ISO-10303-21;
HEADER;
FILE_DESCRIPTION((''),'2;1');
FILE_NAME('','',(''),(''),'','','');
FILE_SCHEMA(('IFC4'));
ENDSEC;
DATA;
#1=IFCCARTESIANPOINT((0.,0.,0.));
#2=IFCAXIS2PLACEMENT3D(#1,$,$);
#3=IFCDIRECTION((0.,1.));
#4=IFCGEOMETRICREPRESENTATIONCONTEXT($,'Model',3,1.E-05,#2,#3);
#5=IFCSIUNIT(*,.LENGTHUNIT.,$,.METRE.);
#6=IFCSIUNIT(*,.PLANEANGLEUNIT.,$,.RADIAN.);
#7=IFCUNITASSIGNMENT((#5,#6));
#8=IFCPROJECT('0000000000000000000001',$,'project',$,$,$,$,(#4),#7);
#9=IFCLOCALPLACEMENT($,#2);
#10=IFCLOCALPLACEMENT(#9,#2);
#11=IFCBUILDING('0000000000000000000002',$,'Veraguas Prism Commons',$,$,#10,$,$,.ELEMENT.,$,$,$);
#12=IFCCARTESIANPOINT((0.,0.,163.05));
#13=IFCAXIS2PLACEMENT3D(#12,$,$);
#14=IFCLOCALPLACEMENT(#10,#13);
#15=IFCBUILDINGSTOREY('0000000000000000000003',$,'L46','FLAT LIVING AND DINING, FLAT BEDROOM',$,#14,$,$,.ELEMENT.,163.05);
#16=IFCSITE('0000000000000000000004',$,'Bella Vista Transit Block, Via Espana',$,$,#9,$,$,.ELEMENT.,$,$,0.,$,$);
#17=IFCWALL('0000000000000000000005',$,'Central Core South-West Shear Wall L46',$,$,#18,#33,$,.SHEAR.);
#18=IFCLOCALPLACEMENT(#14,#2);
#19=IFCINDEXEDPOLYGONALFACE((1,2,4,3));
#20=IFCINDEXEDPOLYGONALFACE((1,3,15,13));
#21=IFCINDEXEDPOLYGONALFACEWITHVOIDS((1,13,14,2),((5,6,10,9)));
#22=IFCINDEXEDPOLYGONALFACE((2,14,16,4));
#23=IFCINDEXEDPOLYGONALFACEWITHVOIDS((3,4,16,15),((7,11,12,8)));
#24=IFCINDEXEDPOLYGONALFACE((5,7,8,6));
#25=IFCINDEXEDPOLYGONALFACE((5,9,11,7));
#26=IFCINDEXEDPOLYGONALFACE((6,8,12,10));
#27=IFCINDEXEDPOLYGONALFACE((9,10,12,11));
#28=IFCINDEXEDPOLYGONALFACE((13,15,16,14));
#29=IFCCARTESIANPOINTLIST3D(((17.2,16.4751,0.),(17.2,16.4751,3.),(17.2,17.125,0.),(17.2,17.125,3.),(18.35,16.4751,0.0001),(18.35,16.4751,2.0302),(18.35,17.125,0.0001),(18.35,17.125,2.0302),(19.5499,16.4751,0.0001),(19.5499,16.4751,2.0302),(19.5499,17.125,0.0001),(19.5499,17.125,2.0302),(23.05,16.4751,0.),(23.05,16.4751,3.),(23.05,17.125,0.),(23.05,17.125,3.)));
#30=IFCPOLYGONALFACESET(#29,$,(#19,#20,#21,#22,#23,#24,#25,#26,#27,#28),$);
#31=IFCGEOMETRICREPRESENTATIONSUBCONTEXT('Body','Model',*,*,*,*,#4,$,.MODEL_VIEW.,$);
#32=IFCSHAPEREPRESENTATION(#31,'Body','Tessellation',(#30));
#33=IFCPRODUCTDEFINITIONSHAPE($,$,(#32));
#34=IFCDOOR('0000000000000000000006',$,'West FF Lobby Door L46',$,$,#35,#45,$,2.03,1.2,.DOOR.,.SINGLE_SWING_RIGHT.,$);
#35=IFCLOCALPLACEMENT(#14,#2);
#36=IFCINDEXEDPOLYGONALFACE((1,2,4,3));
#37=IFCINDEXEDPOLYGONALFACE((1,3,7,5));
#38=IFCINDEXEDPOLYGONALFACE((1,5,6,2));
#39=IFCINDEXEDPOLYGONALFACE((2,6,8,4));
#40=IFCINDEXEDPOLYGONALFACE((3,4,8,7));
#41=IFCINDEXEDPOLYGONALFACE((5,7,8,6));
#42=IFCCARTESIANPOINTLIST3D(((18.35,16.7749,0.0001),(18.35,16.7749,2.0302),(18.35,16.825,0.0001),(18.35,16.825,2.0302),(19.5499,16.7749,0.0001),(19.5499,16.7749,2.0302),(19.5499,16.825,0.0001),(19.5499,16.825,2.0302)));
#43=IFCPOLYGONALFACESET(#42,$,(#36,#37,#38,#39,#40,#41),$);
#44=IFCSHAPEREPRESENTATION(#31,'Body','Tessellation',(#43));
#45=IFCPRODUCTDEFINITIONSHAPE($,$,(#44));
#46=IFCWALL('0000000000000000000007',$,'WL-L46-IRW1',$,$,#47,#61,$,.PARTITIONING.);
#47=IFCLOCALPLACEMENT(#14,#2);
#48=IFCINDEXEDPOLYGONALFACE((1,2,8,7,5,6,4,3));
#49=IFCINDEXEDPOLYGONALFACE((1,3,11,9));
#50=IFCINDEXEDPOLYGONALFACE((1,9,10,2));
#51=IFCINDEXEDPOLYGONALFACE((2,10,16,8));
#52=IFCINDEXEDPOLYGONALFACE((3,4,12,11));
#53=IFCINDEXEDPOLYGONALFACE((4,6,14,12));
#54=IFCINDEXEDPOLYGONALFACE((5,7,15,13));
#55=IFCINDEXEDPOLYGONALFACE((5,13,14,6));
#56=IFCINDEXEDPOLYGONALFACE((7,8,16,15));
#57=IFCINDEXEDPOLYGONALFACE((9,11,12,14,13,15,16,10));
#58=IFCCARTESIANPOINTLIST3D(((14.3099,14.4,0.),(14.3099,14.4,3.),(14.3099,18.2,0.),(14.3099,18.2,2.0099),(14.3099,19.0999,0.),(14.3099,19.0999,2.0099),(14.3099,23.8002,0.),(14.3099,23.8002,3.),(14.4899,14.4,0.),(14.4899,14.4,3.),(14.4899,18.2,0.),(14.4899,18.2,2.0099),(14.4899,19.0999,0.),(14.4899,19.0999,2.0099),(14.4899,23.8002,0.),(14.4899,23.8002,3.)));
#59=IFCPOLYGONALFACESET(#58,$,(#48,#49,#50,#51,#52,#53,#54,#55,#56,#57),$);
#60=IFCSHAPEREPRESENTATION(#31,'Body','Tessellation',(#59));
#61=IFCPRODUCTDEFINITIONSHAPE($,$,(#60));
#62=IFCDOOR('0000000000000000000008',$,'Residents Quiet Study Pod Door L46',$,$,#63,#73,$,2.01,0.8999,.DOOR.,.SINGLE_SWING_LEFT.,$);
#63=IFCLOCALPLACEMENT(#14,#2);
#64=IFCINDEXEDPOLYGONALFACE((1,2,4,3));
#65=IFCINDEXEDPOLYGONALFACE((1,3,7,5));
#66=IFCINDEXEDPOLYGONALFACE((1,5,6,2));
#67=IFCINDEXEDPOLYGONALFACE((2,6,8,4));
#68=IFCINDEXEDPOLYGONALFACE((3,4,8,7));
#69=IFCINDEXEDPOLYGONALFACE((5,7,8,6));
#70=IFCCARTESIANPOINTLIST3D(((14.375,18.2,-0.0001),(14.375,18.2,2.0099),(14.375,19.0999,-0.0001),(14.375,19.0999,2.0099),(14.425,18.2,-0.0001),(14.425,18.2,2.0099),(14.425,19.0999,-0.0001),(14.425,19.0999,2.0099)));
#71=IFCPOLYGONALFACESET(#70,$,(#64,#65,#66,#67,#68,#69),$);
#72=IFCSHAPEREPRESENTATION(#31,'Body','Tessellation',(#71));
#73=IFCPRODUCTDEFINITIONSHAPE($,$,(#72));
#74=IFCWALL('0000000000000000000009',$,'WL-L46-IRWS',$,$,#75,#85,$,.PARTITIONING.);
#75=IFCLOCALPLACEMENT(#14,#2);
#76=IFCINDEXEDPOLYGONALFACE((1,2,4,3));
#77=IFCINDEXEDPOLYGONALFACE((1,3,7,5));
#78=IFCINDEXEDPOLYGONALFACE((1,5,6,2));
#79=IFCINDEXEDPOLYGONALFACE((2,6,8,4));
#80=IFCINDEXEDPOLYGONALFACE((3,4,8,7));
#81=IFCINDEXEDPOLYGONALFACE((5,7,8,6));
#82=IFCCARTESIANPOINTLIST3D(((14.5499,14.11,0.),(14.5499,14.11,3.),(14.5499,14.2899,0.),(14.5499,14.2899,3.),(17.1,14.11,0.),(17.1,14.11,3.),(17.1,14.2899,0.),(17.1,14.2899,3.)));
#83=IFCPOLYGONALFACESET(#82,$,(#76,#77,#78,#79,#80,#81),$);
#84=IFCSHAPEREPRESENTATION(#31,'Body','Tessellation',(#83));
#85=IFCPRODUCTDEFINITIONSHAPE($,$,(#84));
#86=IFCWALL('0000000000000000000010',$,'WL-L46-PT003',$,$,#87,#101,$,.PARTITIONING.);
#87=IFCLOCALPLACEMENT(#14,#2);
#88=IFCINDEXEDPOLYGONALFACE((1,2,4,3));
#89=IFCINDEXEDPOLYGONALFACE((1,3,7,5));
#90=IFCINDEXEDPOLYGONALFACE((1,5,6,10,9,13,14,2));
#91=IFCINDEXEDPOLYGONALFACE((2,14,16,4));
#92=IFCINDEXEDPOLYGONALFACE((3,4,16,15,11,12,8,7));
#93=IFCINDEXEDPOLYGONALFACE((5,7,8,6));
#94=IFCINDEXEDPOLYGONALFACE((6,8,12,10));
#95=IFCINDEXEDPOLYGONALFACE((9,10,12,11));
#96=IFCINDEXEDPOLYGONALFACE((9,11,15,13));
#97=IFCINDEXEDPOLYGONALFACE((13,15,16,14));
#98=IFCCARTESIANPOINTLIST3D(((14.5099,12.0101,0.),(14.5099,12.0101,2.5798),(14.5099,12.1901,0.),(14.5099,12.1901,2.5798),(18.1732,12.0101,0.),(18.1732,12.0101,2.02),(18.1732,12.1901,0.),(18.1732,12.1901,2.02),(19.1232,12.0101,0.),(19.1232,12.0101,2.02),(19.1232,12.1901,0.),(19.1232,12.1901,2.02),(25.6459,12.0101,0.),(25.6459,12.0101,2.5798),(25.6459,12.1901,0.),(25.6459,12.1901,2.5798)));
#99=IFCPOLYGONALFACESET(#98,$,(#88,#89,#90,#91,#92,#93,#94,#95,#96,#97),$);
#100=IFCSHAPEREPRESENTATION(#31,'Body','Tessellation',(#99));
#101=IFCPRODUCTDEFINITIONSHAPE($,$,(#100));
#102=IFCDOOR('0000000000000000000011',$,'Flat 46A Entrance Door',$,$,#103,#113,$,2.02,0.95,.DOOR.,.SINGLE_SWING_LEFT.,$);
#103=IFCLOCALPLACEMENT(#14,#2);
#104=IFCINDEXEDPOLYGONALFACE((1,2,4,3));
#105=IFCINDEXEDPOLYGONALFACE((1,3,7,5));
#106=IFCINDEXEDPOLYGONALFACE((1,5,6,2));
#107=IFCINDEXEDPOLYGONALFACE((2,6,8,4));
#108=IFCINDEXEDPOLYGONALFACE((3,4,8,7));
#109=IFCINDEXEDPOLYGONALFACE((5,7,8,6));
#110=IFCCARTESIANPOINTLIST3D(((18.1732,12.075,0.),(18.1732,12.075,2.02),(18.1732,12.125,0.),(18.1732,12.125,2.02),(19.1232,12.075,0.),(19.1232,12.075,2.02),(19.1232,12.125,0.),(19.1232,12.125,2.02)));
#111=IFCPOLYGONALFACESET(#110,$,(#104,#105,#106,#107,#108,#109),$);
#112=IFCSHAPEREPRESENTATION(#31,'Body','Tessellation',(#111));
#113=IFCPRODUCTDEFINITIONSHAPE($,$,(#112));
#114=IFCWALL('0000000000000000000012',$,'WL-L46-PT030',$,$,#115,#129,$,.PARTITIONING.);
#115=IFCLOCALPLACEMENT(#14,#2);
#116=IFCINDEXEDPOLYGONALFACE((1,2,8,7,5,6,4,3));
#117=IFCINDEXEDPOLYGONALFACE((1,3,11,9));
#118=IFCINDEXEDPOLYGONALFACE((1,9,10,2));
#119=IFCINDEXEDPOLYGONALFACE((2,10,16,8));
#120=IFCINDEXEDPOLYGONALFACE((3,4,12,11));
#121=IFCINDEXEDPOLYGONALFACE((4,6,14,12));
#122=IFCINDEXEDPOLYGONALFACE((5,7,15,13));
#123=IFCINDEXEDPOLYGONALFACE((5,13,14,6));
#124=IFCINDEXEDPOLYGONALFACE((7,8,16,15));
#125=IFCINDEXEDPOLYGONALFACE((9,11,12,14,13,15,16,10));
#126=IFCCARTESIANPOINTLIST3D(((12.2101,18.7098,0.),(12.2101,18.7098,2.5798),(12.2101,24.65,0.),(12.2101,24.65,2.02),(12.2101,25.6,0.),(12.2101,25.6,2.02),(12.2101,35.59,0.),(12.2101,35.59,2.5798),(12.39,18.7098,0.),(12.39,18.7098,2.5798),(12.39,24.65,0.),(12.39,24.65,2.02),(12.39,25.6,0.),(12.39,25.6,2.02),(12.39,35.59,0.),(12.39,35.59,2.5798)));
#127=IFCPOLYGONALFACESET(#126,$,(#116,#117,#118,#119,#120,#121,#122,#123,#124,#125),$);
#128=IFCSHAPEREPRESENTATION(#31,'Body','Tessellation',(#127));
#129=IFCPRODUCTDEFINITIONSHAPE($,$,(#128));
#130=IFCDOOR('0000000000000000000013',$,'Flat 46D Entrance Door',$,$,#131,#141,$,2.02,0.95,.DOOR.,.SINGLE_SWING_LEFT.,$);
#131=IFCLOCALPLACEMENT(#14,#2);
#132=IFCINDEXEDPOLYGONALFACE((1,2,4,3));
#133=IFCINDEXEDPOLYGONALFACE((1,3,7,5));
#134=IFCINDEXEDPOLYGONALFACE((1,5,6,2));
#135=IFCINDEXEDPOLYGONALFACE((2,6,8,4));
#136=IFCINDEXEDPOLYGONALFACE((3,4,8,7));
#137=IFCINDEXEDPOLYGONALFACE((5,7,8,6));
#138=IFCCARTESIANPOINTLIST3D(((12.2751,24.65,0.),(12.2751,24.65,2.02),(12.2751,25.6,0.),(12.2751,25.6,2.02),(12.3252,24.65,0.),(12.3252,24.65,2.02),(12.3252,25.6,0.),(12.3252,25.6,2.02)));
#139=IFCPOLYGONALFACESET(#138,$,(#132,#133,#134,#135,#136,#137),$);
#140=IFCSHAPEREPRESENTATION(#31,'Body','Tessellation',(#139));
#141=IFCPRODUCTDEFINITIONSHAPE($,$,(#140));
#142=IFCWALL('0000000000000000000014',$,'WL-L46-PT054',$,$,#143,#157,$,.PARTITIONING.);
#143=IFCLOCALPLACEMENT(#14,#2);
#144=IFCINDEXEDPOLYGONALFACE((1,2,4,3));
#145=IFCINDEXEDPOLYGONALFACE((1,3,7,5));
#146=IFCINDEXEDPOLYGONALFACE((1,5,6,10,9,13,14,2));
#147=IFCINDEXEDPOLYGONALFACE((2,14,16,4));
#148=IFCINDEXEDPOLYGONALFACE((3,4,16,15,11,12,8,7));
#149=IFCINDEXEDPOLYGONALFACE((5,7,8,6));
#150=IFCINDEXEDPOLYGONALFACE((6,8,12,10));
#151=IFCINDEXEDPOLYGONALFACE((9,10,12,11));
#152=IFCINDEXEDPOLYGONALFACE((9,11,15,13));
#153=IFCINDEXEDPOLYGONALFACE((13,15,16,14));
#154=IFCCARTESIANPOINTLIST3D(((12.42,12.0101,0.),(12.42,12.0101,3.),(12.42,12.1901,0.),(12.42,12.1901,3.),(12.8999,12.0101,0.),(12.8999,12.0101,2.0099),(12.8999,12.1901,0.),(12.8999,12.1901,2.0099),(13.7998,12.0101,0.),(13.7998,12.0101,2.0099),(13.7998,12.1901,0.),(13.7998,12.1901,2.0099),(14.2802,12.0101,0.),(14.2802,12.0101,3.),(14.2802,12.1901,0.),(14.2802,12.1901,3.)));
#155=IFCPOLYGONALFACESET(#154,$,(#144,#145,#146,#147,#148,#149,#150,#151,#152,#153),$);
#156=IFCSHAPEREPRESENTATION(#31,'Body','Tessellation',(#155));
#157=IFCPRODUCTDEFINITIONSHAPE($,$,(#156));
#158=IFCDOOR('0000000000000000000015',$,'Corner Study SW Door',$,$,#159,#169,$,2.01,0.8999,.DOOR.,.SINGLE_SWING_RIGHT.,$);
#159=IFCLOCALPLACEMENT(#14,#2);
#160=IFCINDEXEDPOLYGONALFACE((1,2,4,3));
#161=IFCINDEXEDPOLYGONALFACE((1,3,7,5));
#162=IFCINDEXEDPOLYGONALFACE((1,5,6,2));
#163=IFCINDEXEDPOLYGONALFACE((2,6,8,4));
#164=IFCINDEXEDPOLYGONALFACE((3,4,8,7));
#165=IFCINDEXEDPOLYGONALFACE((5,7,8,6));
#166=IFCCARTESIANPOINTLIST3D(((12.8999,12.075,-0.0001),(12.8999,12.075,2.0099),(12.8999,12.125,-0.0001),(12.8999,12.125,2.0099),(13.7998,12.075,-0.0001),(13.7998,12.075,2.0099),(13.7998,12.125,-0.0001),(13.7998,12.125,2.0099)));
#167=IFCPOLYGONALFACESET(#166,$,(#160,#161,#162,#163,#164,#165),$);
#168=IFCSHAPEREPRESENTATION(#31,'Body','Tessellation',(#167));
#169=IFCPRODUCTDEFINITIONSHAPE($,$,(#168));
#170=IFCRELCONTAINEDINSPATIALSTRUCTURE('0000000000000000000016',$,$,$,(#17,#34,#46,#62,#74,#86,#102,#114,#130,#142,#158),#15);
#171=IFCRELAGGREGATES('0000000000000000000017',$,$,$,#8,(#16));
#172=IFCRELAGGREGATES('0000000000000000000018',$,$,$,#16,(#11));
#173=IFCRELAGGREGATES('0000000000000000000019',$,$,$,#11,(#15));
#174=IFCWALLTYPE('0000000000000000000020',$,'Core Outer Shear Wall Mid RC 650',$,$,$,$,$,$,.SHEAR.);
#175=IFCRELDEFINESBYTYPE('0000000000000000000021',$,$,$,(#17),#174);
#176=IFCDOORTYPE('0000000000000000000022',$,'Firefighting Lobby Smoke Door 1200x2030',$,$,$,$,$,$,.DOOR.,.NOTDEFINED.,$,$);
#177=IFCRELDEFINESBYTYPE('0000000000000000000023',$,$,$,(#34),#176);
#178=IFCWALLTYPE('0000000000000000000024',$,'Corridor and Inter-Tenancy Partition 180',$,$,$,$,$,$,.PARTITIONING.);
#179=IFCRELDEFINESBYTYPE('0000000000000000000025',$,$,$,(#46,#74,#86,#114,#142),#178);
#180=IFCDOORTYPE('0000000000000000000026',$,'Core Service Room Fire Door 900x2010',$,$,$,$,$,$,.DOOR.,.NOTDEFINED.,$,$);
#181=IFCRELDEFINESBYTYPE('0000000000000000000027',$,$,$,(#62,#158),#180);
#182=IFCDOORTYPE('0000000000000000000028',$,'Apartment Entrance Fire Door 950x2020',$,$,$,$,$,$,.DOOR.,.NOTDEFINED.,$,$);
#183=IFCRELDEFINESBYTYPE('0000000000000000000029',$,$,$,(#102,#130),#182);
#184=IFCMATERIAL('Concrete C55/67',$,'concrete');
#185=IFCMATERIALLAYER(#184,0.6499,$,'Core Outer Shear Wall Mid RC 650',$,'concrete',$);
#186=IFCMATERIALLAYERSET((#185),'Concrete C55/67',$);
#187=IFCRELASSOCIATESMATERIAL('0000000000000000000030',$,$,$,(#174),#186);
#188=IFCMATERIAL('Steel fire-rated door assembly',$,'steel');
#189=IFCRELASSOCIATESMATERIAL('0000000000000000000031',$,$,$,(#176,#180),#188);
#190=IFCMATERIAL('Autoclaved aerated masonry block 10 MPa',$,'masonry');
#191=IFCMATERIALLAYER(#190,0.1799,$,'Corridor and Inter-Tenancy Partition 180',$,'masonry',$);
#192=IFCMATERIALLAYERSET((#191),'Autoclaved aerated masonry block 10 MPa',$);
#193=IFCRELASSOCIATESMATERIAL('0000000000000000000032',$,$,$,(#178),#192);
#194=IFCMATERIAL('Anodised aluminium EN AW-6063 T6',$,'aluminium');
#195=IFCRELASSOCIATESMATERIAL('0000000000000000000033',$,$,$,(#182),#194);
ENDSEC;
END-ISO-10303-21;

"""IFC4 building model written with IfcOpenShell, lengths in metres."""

from ifc_helpers import new_model, si_unit, direction, frame, frame_2d, origin, place, context, subcontext, project, spatial, rectangle, extrude, source, transform, mapped, material, layer, layer_set, type_object, element, fill, save


model = new_model("IFC4")

# Units and contexts
model_context = context("Model", 3, precision=1e-05, world=origin(), true_north=direction((0.0, 1.0)))
body_context = subcontext(model_context, "Body", "Model", "MODEL_VIEW")
ifc_project = project(units=[si_unit("LENGTHUNIT", "METRE"), si_unit("PLANEANGLEUNIT", "RADIAN")], contexts=[model_context])

# Site, building, storey
site_placement = place(None, origin())
site = spatial("IfcSite", under=ifc_project, at=site_placement, Name="Bella Vista Transit Block, Via Espana", CompositionType="ELEMENT", RefElevation=0.0)
building_placement = place(site_placement, origin())
building = spatial("IfcBuilding", under=site, at=building_placement, Name="Veraguas Prism Commons", CompositionType="ELEMENT")
storey_placement = place(building_placement, frame((0.0, 0.0, 163.05)))
storey = spatial("IfcBuildingStorey", under=building, at=storey_placement, Name="L46", Description="FLAT LIVING AND DINING, FLAT BEDROOM", CompositionType="ELEMENT", Elevation=163.05)

# Shared definitions
ifc_material_1 = material(Name="Steel fire-rated door assembly", Category="steel")

# Shared definitions
ifc_material_2 = material(Name="Concrete C55/67", Category="concrete")
ifc_layer_1 = layer(ifc_material_2, 0.6499, Name="Core Outer Shear Wall Mid RC 650", Category="concrete")
ifc_layer_set_1 = layer_set([ifc_layer_1], Name="Concrete C55/67")
wall_type_1 = type_object("IfcWallType", Name="Core Outer Shear Wall Mid RC 650", PredefinedType="SHEAR", material=ifc_layer_set_1)

# Walls, openings, doors
wall_1_placement = place(storey_placement, frame((17.2, 16.8, 0.0), z_axis=(0.0, 0.0, 1.0), x_axis=(1.0, 0.0, 0.0)))
wall_1 = element("IfcWall", 1, at=wall_1_placement, inside=storey, type_object=wall_type_1, Name="Central Core South-West Shear Wall L46", PredefinedType="SHEAR", context=body_context, shape_type="SweptSolid", body=[
    extrude(rectangle(XDim=5.8501, YDim=0.6499, at=frame_2d((2.925, 0.0))), origin(), (0.0, 0.0, 1.0), 3.0),
])
opening_1_placement = place(wall_1_placement, frame((1.1499, 0.0, 0.0)))
opening_1 = element("IfcOpeningElement", 2, at=opening_1_placement, cuts=wall_1, PredefinedType="OPENING", context=body_context, shape_type="SweptSolid", body=[
    extrude(rectangle(XDim=1.2, YDim=2.03, at=frame_2d((0.6001, 1.0151))), frame((0.0, 0.335, 0.0), z_axis=(0.0, -1.0, 0.0), x_axis=(1.0, 0.0, 0.0)), (0.0, 0.0, 1.0), 0.6699),
])
door_type_1 = type_object("IfcDoorType", Name="Firefighting Lobby Smoke Door 1200x2030", OperationType="NOTDEFINED", PredefinedType="DOOR", material=ifc_material_1)
shared_shape_1 = source(origin(), body_context, "Body", "SweptSolid", [
    extrude(rectangle(XDim=1.2, YDim=2.03, at=frame_2d((0.6001, 1.0151))), frame((0.0, 0.0249, 0.0), z_axis=(0.0, -1.0, 0.0), x_axis=(1.0, 0.0, 0.0)), (0.0, 0.0, 1.0), 0.05),
])
door_1_placement = place(opening_1_placement, origin())
door_1 = element("IfcDoor", 3, at=door_1_placement, inside=storey, type_object=door_type_1, Name="West FF Lobby Door L46", OperationType="SINGLE_SWING_RIGHT", OverallHeight=2.03, OverallWidth=1.2, PredefinedType="DOOR", context=body_context, shape_type="MappedRepresentation", body=[
    mapped(shared_shape_1, transform((0.0, 0.0, 0.0), scale=1.0)),
])
fill(opening_1, door_1)
ifc_material_3 = material(Name="Autoclaved aerated masonry block 10 MPa", Category="masonry")
ifc_layer_2 = layer(ifc_material_3, 0.1799, Name="Corridor and Inter-Tenancy Partition 180", Category="masonry")
ifc_layer_set_2 = layer_set([ifc_layer_2], Name="Autoclaved aerated masonry block 10 MPa")
wall_type_2 = type_object("IfcWallType", Name="Corridor and Inter-Tenancy Partition 180", PredefinedType="PARTITIONING", material=ifc_layer_set_2)
wall_2_placement = place(storey_placement, frame((14.3999, 14.3999, 0.0), z_axis=(0.0, 0.0, 1.0), x_axis=(0.0, 1.0, 0.0)))
wall_2 = element("IfcWall", 4, at=wall_2_placement, inside=storey, type_object=wall_type_2, Name="WL-L46-IRW1", PredefinedType="PARTITIONING", context=body_context, shape_type="SweptSolid", body=[
    extrude(rectangle(XDim=9.4001, YDim=0.1799, at=frame_2d((4.7002, 0.0))), origin(), (0.0, 0.0, 1.0), 3.0),
])
opening_2_placement = place(wall_2_placement, frame((3.8, 0.0, 0.0)))
opening_2 = element("IfcOpeningElement", 5, at=opening_2_placement, cuts=wall_2, PredefinedType="OPENING", context=body_context, shape_type="SweptSolid", body=[
    extrude(rectangle(XDim=0.8999, YDim=2.01, at=frame_2d((0.45, 1.0049))), frame((0.0, 0.0999, 0.0), z_axis=(0.0, -1.0, 0.0), x_axis=(1.0, 0.0, 0.0)), (0.0, 0.0, 1.0), 0.2),
])
door_type_2 = type_object("IfcDoorType", Name="Core Service Room Fire Door 900x2010", OperationType="NOTDEFINED", PredefinedType="DOOR", material=ifc_material_1)
shared_shape_2 = source(origin(), body_context, "Body", "SweptSolid", [
    extrude(rectangle(XDim=0.8999, YDim=2.01, at=frame_2d((0.45, 1.0049))), frame((0.0, 0.0249, 0.0), z_axis=(0.0, -1.0, 0.0), x_axis=(1.0, 0.0, 0.0)), (0.0, 0.0, 1.0), 0.05),
])
door_2_placement = place(opening_2_placement, origin())
door_2 = element("IfcDoor", 6, at=door_2_placement, inside=storey, type_object=door_type_2, Name="Residents Quiet Study Pod Door L46", OperationType="SINGLE_SWING_LEFT", OverallHeight=2.01, OverallWidth=0.8999, PredefinedType="DOOR", context=body_context, shape_type="MappedRepresentation", body=[
    mapped(shared_shape_2, transform((0.0, 0.0, 0.0), scale=1.0)),
])
fill(opening_2, door_2)

# Wall
wall_3_placement = place(storey_placement, frame((14.55, 14.2, 0.0), z_axis=(0.0, 0.0, 1.0), x_axis=(1.0, 0.0, 0.0)))
element("IfcWall", 7, at=wall_3_placement, inside=storey, type_object=wall_type_2, Name="WL-L46-IRWS", PredefinedType="PARTITIONING", context=body_context, shape_type="SweptSolid", body=[
    extrude(rectangle(XDim=2.55, YDim=0.1799, at=frame_2d((1.2749, 0.0))), origin(), (0.0, 0.0, 1.0), 3.0),
])

# Walls, openings, doors
wall_4_placement = place(storey_placement, frame((14.51, 12.1001, 0.0), z_axis=(0.0, 0.0, 1.0), x_axis=(1.0, 0.0, 0.0)))
wall_4 = element("IfcWall", 8, at=wall_4_placement, inside=storey, type_object=wall_type_2, Name="WL-L46-PT003", PredefinedType="PARTITIONING", context=body_context, shape_type="SweptSolid", body=[
    extrude(rectangle(XDim=11.136, YDim=0.1799, at=frame_2d((5.5679, 0.0))), origin(), (0.0, 0.0, 1.0), 2.5798),
])
opening_3_placement = place(wall_4_placement, frame((3.6631, 0.0, 0.0)))
opening_3 = element("IfcOpeningElement", 9, at=opening_3_placement, cuts=wall_4, PredefinedType="OPENING", context=body_context, shape_type="SweptSolid", body=[
    extrude(rectangle(XDim=0.95, YDim=2.02, at=frame_2d((0.4751, 1.01))), frame((0.0, 0.0999, 0.0), z_axis=(0.0, -1.0, 0.0), x_axis=(1.0, 0.0, 0.0)), (0.0, 0.0, 1.0), 0.2),
])
ifc_material_4 = material(Name="Anodised aluminium EN AW-6063 T6", Category="aluminium")
door_type_3 = type_object("IfcDoorType", Name="Apartment Entrance Fire Door 950x2020", OperationType="NOTDEFINED", PredefinedType="DOOR", material=ifc_material_4)
shared_shape_3 = source(origin(), body_context, "Body", "SweptSolid", [
    extrude(rectangle(XDim=0.95, YDim=2.02, at=frame_2d((0.4751, 1.01))), frame((0.0, 0.0249, 0.0), z_axis=(0.0, -1.0, 0.0), x_axis=(1.0, 0.0, 0.0)), (0.0, 0.0, 1.0), 0.05),
])
door_3_placement = place(opening_3_placement, origin())
door_3 = element("IfcDoor", 10, at=door_3_placement, inside=storey, type_object=door_type_3, Name="Flat 46A Entrance Door", OperationType="SINGLE_SWING_LEFT", OverallHeight=2.02, OverallWidth=0.95, PredefinedType="DOOR", context=body_context, shape_type="MappedRepresentation", body=[
    mapped(shared_shape_3, transform((0.0, 0.0, 0.0), scale=1.0)),
])
fill(opening_3, door_3)
wall_5_placement = place(storey_placement, frame((12.3, 18.71, 0.0), z_axis=(0.0, 0.0, 1.0), x_axis=(0.0, 1.0, 0.0)))
wall_5 = element("IfcWall", 11, at=wall_5_placement, inside=storey, type_object=wall_type_2, Name="WL-L46-PT030", PredefinedType="PARTITIONING", context=body_context, shape_type="SweptSolid", body=[
    extrude(rectangle(XDim=16.8801, YDim=0.1799, at=frame_2d((8.4399, 0.0))), origin(), (0.0, 0.0, 1.0), 2.5798),
])
opening_4_placement = place(wall_5_placement, frame((5.9399, 0.0, 0.0)))
opening_4 = element("IfcOpeningElement", 12, at=opening_4_placement, cuts=wall_5, PredefinedType="OPENING", context=body_context, shape_type="SweptSolid", body=[
    extrude(rectangle(XDim=0.95, YDim=2.02, at=frame_2d((0.4751, 1.01))), frame((0.0, 0.0999, 0.0), z_axis=(0.0, -1.0, 0.0), x_axis=(1.0, 0.0, 0.0)), (0.0, 0.0, 1.0), 0.2),
])
door_4_placement = place(opening_4_placement, origin())
door_4 = element("IfcDoor", 13, at=door_4_placement, inside=storey, type_object=door_type_3, Name="Flat 46D Entrance Door", OperationType="SINGLE_SWING_LEFT", OverallHeight=2.02, OverallWidth=0.95, PredefinedType="DOOR", context=body_context, shape_type="MappedRepresentation", body=[
    mapped(shared_shape_3, transform((0.0, 0.0, 0.0), scale=1.0)),
])
fill(opening_4, door_4)
wall_6_placement = place(storey_placement, frame((12.4199, 12.1001, 0.0), z_axis=(0.0, 0.0, 1.0), x_axis=(1.0, 0.0, 0.0)))
wall_6 = element("IfcWall", 14, at=wall_6_placement, inside=storey, type_object=wall_type_2, Name="WL-L46-PT054", PredefinedType="PARTITIONING", context=body_context, shape_type="SweptSolid", body=[
    extrude(rectangle(XDim=1.8601, YDim=0.1799, at=frame_2d((0.9302, 0.0))), origin(), (0.0, 0.0, 1.0), 3.0),
])
opening_5_placement = place(wall_6_placement, frame((0.48, 0.0, 0.0)))
opening_5 = element("IfcOpeningElement", 15, at=opening_5_placement, cuts=wall_6, PredefinedType="OPENING", context=body_context, shape_type="SweptSolid", body=[
    extrude(rectangle(XDim=0.8999, YDim=2.01, at=frame_2d((0.45, 1.0049))), frame((0.0, 0.0999, 0.0), z_axis=(0.0, -1.0, 0.0), x_axis=(1.0, 0.0, 0.0)), (0.0, 0.0, 1.0), 0.2),
])
door_5_placement = place(opening_5_placement, origin())
door_5 = element("IfcDoor", 16, at=door_5_placement, inside=storey, type_object=door_type_2, Name="Corner Study SW Door", OperationType="SINGLE_SWING_RIGHT", OverallHeight=2.01, OverallWidth=0.8999, PredefinedType="DOOR", context=body_context, shape_type="MappedRepresentation", body=[
    mapped(shared_shape_2, transform((0.0, 0.0, 0.0), scale=1.0)),
])
fill(opening_5, door_5)

save(model, "model.ifc")
